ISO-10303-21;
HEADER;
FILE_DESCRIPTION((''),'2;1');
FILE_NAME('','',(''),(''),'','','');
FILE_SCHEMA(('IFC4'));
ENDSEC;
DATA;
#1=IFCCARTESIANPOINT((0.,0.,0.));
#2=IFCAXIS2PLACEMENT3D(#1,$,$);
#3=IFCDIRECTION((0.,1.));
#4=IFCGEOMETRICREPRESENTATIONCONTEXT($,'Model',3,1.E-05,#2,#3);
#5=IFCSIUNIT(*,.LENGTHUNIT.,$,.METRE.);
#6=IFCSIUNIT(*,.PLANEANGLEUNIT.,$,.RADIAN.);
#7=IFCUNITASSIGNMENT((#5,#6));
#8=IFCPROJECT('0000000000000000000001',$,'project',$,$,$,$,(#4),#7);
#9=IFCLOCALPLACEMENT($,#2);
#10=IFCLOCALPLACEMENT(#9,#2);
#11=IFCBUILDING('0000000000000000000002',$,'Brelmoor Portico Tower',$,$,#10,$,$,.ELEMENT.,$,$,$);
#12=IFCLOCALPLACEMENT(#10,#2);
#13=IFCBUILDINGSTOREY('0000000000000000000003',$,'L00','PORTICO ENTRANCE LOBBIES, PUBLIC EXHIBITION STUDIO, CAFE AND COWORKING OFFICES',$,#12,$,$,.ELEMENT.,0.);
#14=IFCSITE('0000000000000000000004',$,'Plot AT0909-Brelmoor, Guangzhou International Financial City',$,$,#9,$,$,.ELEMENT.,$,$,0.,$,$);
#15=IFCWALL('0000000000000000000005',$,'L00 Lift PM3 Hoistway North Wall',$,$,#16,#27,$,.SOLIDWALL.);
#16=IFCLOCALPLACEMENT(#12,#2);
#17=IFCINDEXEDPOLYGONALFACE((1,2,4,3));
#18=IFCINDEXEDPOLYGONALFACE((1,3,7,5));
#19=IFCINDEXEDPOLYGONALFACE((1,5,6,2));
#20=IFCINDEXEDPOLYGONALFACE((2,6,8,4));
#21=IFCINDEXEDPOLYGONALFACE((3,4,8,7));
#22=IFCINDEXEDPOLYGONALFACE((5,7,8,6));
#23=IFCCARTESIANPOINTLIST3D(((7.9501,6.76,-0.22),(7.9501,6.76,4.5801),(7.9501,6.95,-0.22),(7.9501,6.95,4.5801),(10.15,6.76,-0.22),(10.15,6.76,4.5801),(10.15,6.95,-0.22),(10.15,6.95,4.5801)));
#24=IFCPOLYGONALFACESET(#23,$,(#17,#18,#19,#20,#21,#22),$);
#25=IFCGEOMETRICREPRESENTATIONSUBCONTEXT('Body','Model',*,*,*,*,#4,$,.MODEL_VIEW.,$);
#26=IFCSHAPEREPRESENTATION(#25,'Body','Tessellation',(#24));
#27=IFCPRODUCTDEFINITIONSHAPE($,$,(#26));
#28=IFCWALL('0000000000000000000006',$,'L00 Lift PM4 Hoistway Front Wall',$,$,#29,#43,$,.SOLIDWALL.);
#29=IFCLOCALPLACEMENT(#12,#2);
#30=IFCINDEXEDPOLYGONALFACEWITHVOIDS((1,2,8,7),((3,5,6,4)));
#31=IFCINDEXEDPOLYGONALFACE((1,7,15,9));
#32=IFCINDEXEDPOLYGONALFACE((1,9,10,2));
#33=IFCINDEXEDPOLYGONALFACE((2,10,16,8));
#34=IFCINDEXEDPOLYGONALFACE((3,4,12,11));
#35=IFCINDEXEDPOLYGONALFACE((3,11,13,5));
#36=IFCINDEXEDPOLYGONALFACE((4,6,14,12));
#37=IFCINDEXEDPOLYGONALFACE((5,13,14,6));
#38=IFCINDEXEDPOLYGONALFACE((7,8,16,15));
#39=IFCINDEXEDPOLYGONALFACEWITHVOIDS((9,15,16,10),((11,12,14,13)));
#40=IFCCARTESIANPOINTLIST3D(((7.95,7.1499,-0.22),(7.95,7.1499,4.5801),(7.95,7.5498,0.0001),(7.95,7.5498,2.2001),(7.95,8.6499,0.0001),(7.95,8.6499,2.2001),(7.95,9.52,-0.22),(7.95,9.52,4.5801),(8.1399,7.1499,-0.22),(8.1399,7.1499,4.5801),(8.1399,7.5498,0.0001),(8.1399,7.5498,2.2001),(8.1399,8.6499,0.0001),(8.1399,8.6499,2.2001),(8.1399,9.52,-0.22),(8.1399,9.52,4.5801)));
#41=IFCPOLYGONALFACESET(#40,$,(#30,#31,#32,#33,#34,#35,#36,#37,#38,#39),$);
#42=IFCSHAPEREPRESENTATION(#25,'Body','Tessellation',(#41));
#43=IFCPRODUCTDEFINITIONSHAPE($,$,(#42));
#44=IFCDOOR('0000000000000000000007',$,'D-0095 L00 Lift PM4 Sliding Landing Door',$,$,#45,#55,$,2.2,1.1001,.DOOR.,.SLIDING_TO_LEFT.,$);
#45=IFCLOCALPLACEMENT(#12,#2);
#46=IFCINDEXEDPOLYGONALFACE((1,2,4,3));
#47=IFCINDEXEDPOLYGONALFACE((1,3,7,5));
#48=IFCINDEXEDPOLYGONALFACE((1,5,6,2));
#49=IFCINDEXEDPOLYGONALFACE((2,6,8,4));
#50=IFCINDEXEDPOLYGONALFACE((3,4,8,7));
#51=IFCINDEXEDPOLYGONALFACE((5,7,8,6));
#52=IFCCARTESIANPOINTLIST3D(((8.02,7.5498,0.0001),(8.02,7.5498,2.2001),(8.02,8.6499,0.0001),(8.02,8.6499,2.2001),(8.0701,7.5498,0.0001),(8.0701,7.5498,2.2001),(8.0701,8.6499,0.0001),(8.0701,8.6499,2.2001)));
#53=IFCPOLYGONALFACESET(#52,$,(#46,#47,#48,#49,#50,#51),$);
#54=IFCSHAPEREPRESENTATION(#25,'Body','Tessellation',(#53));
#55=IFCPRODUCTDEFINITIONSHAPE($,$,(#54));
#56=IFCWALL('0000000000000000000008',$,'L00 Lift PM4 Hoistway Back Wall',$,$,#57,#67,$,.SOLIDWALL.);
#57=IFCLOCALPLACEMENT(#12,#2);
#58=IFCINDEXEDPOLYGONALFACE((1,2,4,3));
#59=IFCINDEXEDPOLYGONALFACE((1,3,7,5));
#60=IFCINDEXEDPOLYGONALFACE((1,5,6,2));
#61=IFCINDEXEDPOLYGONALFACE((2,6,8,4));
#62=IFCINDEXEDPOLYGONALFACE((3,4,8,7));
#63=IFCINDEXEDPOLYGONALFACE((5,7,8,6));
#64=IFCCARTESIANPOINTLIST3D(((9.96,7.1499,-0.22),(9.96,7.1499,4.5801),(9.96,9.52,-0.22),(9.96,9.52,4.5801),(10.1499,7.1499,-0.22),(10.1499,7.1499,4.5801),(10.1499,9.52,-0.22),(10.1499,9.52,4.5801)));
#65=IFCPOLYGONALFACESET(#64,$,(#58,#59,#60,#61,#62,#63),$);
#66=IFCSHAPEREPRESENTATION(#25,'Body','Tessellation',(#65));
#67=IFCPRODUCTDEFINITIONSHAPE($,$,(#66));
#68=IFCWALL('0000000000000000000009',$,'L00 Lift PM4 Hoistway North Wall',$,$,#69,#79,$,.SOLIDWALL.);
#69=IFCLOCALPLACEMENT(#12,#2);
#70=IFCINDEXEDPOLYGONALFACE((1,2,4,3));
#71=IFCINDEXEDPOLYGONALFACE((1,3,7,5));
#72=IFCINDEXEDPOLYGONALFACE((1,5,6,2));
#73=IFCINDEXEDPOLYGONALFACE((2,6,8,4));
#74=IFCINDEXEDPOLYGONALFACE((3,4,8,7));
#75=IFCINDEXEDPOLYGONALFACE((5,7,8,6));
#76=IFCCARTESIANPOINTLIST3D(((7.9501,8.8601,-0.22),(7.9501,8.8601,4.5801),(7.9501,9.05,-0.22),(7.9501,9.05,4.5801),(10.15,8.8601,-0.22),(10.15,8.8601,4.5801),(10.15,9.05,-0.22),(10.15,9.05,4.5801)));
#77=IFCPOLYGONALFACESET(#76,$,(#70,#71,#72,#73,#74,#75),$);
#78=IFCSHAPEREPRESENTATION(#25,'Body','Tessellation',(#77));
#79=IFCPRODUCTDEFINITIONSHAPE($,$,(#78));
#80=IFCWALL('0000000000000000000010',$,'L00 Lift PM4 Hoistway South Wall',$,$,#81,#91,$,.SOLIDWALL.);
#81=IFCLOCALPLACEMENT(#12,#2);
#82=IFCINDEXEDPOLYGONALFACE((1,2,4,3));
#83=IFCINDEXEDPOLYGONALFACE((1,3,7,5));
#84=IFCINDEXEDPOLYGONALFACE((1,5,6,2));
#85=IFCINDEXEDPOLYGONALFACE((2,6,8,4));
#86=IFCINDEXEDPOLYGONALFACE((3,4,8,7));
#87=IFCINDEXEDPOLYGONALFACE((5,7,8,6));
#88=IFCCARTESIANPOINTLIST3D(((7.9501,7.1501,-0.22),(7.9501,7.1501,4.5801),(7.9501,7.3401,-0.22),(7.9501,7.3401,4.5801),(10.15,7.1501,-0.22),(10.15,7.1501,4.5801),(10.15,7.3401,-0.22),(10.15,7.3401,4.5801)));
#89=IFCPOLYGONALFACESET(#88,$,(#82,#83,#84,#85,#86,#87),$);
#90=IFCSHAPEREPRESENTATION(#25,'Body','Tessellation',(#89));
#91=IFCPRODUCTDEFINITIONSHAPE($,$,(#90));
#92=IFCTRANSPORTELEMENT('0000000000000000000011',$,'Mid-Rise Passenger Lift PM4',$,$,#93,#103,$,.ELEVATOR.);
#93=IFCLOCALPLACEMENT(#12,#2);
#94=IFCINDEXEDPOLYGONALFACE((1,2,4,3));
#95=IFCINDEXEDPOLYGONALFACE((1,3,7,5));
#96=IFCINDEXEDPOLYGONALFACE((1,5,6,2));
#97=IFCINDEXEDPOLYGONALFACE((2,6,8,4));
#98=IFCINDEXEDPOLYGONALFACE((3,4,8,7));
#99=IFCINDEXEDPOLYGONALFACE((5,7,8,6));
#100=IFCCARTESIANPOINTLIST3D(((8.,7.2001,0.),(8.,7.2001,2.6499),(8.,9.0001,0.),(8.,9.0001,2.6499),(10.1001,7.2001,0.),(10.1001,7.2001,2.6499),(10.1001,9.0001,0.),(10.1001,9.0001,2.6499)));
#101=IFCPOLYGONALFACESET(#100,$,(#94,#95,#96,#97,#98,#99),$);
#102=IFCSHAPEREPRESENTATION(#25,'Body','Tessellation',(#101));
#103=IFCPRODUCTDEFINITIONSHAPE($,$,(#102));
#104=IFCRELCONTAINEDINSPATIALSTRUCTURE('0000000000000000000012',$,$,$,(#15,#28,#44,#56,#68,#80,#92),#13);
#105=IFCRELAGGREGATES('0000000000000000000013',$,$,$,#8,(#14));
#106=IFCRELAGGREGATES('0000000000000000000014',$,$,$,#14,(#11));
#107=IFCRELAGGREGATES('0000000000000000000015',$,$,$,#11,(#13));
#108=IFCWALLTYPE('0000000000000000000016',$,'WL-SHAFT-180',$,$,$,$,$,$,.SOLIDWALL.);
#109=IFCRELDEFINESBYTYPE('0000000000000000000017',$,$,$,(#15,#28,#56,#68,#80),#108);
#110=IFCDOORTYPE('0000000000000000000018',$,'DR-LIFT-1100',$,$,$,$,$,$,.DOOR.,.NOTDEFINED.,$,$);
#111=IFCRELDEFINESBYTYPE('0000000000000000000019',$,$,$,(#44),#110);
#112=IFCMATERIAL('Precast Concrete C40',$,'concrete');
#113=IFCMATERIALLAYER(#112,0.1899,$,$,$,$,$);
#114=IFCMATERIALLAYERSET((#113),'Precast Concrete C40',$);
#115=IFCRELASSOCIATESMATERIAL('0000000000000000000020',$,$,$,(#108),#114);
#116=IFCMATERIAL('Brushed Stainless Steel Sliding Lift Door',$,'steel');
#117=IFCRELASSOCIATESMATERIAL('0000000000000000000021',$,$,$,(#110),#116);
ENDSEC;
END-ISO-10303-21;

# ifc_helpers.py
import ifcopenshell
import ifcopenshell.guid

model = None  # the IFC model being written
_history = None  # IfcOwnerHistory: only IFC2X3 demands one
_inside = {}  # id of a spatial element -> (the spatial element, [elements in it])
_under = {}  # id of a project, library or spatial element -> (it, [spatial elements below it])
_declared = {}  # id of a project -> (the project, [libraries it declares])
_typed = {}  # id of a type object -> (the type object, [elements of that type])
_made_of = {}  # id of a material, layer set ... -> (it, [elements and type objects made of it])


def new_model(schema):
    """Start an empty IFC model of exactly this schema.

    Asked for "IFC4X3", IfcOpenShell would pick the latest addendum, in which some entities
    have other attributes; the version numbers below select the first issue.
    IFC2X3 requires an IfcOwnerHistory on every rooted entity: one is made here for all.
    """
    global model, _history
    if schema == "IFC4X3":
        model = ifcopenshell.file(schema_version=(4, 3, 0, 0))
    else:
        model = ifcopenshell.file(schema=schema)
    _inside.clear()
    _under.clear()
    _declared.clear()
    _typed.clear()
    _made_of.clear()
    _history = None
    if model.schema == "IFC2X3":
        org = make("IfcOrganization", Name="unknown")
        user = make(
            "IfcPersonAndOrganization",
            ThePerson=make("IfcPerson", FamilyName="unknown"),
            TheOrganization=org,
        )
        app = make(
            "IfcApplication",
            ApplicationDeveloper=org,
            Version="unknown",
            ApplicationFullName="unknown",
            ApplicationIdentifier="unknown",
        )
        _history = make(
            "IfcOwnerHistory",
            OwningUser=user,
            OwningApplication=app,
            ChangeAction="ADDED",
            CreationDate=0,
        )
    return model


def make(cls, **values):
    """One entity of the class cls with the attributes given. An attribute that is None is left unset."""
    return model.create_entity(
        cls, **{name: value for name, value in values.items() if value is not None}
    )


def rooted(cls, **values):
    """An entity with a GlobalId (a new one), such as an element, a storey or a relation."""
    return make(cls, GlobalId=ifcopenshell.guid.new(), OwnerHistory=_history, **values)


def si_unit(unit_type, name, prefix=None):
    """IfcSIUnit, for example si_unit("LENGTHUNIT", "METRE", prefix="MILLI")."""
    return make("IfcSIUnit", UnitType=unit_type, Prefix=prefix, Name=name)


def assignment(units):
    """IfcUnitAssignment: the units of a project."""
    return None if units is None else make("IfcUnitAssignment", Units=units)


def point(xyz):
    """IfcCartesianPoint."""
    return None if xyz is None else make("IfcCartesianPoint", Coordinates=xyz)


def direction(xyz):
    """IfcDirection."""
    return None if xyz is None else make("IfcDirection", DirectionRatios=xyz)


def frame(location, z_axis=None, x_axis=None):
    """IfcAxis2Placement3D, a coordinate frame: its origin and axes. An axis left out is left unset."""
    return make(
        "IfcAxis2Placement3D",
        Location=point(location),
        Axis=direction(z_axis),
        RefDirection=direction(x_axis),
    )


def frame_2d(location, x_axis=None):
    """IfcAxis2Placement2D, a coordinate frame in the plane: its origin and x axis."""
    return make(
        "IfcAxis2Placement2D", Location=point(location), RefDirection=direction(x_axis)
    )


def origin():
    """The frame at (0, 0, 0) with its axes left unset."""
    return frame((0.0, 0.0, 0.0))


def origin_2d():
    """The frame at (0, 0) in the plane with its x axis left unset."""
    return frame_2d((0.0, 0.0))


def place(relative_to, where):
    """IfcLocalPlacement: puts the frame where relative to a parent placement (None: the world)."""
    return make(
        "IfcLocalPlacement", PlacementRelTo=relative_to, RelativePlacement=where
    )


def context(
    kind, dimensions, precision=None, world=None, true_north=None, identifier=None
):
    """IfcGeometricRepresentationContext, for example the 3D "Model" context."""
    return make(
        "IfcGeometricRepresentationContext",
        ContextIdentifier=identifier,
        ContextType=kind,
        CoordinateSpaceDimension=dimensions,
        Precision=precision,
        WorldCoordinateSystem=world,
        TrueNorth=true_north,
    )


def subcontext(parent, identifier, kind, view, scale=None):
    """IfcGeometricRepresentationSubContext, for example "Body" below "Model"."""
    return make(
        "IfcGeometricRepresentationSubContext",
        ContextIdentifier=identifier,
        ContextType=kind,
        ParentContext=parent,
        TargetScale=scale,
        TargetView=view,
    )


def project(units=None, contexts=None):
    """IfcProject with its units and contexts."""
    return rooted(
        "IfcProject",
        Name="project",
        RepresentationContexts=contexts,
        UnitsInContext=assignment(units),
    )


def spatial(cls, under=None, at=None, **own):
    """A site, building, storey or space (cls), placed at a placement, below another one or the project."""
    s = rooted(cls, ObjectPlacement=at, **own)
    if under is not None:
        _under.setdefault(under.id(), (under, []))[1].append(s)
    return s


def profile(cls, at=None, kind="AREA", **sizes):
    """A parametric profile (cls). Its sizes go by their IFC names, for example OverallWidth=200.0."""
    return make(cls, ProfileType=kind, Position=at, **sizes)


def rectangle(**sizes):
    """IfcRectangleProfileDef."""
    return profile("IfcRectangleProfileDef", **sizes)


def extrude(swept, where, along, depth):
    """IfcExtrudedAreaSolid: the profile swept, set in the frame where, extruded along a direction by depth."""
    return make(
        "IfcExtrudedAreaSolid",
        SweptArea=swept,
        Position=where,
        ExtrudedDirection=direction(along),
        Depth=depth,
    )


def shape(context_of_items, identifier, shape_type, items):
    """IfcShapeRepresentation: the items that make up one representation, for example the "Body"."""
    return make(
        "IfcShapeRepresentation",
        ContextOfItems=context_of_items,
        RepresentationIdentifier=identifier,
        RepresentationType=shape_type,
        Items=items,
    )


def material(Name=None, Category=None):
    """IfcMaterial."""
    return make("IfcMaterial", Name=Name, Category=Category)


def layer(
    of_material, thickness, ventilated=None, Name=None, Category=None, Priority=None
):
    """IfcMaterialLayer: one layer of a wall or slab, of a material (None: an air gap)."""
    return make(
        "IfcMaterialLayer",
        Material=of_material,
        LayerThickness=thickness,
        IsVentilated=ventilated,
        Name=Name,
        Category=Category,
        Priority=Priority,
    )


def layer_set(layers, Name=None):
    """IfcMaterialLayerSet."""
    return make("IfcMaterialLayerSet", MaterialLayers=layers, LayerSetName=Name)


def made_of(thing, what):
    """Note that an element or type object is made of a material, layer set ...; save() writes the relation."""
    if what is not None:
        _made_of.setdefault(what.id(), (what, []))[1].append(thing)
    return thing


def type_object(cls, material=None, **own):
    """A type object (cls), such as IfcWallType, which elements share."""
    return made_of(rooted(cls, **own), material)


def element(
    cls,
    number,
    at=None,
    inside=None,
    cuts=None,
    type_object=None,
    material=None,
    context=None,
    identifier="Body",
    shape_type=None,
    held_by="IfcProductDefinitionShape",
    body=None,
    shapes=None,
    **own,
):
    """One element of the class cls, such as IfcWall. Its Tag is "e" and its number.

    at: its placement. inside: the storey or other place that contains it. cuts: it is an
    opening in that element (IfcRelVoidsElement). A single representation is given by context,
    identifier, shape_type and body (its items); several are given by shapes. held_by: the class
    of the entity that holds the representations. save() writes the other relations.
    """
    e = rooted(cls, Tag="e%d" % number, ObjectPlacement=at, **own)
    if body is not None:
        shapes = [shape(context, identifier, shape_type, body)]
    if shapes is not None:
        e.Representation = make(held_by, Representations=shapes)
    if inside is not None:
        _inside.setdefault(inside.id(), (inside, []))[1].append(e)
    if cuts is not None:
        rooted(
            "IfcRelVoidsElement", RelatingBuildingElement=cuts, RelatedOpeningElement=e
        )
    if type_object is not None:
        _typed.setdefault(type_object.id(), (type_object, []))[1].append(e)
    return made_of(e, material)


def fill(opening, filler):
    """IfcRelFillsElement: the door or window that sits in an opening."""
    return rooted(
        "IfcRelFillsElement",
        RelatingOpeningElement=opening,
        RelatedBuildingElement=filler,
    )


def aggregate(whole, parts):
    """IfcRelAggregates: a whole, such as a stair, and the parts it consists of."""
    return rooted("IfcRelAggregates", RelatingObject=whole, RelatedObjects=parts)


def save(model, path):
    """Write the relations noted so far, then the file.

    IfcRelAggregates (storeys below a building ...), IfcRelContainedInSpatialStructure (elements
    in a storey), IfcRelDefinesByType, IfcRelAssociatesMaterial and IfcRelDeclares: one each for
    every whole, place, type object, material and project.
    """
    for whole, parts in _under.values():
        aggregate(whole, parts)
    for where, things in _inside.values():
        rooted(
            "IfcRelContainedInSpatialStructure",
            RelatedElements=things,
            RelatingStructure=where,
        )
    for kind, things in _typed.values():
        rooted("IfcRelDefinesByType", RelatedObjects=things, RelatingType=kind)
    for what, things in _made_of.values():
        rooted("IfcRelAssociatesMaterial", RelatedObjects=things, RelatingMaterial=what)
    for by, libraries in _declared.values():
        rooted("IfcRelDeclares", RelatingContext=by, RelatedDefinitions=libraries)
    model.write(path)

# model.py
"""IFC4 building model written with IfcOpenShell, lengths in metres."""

from ifc_helpers import new_model, si_unit, direction, frame, frame_2d, origin, origin_2d, place, context, subcontext, project, spatial, rectangle, extrude, material, layer, layer_set, type_object, element, fill, save


model = new_model("IFC4")

# Units and contexts
model_context = context("Model", 3, precision=1e-05, world=origin(), true_north=direction((0.0, 1.0)))
body_context = subcontext(model_context, "Body", "Model", "MODEL_VIEW")
ifc_project = project(units=[si_unit("LENGTHUNIT", "METRE"), si_unit("PLANEANGLEUNIT", "RADIAN")], contexts=[model_context])

# Site, building, storey
site_placement = place(None, origin())
site = spatial("IfcSite", under=ifc_project, at=site_placement, Name="Plot AT0909-Brelmoor, Guangzhou International Financial City", CompositionType="ELEMENT", RefElevation=0.0)
building_placement = place(site_placement, origin())
building = spatial("IfcBuilding", under=site, at=building_placement, Name="Brelmoor Portico Tower", CompositionType="ELEMENT")
storey_placement = place(building_placement, origin())
storey = spatial("IfcBuildingStorey", under=building, at=storey_placement, Name="L00", Description="PORTICO ENTRANCE LOBBIES, PUBLIC EXHIBITION STUDIO, CAFE AND COWORKING OFFICES", CompositionType="ELEMENT", Elevation=0.0)

# Wall
ifc_material_1 = material(Name="Precast Concrete C40", Category="concrete")
ifc_layer_1 = layer(ifc_material_1, 0.1899)
ifc_layer_set_1 = layer_set([ifc_layer_1], Name="Precast Concrete C40")
wall_type_1 = type_object("IfcWallType", Name="WL-SHAFT-180", PredefinedType="SOLIDWALL", material=ifc_layer_set_1)
wall_1_placement = place(storey_placement, frame((7.95, 6.855, -0.22), z_axis=(0.0, 0.0, 1.0), x_axis=(1.0, 0.0, 0.0)))
element("IfcWall", 1, at=wall_1_placement, inside=storey, type_object=wall_type_1, Name="L00 Lift PM3 Hoistway North Wall", PredefinedType="SOLIDWALL", context=body_context, shape_type="SweptSolid", body=[
    extrude(rectangle(XDim=2.2, YDim=0.1899, at=frame_2d((1.1001, 0.0))), origin(), (0.0, 0.0, 1.0), 4.8),
])

# Wall, opening, door
wall_2_placement = place(storey_placement, frame((8.0449, 7.1499, -0.22), z_axis=(0.0, 0.0, 1.0), x_axis=(0.0, 1.0, 0.0)))
wall_2 = element("IfcWall", 2, at=wall_2_placement, inside=storey, type_object=wall_type_1, Name="L00 Lift PM4 Hoistway Front Wall", PredefinedType="SOLIDWALL", context=body_context, shape_type="SweptSolid", body=[
    extrude(rectangle(XDim=2.3701, YDim=0.1899, at=frame_2d((1.1851, 0.0))), origin(), (0.0, 0.0, 1.0), 4.8),
])
opening_1_placement = place(wall_2_placement, frame((0.3999, 0.0, 0.22)))
opening_1 = element("IfcOpeningElement", 3, at=opening_1_placement, cuts=wall_2, PredefinedType="OPENING", context=body_context, shape_type="SweptSolid", body=[
    extrude(rectangle(XDim=1.1001, YDim=2.2, at=frame_2d((0.55, 1.1001))), frame((0.0, 0.105, 0.0), z_axis=(0.0, -1.0, 0.0), x_axis=(1.0, 0.0, 0.0)), (0.0, 0.0, 1.0), 0.21),
])
ifc_material_2 = material(Name="Brushed Stainless Steel Sliding Lift Door", Category="steel")
door_type_1 = type_object("IfcDoorType", Name="DR-LIFT-1100", OperationType="NOTDEFINED", PredefinedType="DOOR", material=ifc_material_2)
door_1_placement = place(opening_1_placement, origin())
door_1 = element("IfcDoor", 4, at=door_1_placement, inside=storey, type_object=door_type_1, Name="D-0095 L00 Lift PM4 Sliding Landing Door", OperationType="SLIDING_TO_LEFT", OverallHeight=2.2, OverallWidth=1.1001, PredefinedType="DOOR", context=body_context, shape_type="SweptSolid", body=[
    extrude(rectangle(XDim=1.1001, YDim=2.2, at=frame_2d((0.55, 1.1001))), frame((0.0, 0.0249, 0.0), z_axis=(0.0, -1.0, 0.0), x_axis=(1.0, 0.0, 0.0)), (0.0, 0.0, 1.0), 0.05),
])
fill(opening_1, door_1)

# Walls
wall_3_placement = place(storey_placement, frame((10.0549, 7.1499, -0.22), z_axis=(0.0, 0.0, 1.0), x_axis=(0.0, 1.0, 0.0)))
element("IfcWall", 5, at=wall_3_placement, inside=storey, type_object=wall_type_1, Name="L00 Lift PM4 Hoistway Back Wall", PredefinedType="SOLIDWALL", context=body_context, shape_type="SweptSolid", body=[
    extrude(rectangle(XDim=2.3701, YDim=0.1899, at=frame_2d((1.1851, 0.0))), origin(), (0.0, 0.0, 1.0), 4.8),
])
for number, where, z_axis, x_axis, name in (
    (6, (7.95, 8.9551, -0.22), (0.0, 0.0, 1.0), (1.0, 0.0, 0.0), "L00 Lift PM4 Hoistway North Wall"),
    (7, (7.95, 7.2451, -0.22), (0.0, 0.0, 1.0), (1.0, 0.0, 0.0), "L00 Lift PM4 Hoistway South Wall"),
):
    element("IfcWall", number, at=place(storey_placement, frame(where, z_axis=z_axis, x_axis=x_axis)), inside=storey, type_object=wall_type_1, Name=name, PredefinedType="SOLIDWALL", context=body_context, shape_type="SweptSolid", body=[
        extrude(rectangle(XDim=2.2, YDim=0.1899, at=frame_2d((1.1001, 0.0))), origin(), (0.0, 0.0, 1.0), 4.8),
    ])

# Transport element
transport_element_placement = place(storey_placement, frame((9.05, 8.1001, 0.0), z_axis=(0.0, 0.0, 1.0), x_axis=(0.0, 1.0, 0.0)))
element("IfcTransportElement", 8, at=transport_element_placement, inside=storey, Name="Mid-Rise Passenger Lift PM4", PredefinedType="ELEVATOR", context=body_context, shape_type="SweptSolid", body=[
    extrude(rectangle(XDim=1.8, YDim=2.1001, at=origin_2d()), origin(), (0.0, 0.0, 1.0), 2.6499),
])

save(model, "model.ifc")
